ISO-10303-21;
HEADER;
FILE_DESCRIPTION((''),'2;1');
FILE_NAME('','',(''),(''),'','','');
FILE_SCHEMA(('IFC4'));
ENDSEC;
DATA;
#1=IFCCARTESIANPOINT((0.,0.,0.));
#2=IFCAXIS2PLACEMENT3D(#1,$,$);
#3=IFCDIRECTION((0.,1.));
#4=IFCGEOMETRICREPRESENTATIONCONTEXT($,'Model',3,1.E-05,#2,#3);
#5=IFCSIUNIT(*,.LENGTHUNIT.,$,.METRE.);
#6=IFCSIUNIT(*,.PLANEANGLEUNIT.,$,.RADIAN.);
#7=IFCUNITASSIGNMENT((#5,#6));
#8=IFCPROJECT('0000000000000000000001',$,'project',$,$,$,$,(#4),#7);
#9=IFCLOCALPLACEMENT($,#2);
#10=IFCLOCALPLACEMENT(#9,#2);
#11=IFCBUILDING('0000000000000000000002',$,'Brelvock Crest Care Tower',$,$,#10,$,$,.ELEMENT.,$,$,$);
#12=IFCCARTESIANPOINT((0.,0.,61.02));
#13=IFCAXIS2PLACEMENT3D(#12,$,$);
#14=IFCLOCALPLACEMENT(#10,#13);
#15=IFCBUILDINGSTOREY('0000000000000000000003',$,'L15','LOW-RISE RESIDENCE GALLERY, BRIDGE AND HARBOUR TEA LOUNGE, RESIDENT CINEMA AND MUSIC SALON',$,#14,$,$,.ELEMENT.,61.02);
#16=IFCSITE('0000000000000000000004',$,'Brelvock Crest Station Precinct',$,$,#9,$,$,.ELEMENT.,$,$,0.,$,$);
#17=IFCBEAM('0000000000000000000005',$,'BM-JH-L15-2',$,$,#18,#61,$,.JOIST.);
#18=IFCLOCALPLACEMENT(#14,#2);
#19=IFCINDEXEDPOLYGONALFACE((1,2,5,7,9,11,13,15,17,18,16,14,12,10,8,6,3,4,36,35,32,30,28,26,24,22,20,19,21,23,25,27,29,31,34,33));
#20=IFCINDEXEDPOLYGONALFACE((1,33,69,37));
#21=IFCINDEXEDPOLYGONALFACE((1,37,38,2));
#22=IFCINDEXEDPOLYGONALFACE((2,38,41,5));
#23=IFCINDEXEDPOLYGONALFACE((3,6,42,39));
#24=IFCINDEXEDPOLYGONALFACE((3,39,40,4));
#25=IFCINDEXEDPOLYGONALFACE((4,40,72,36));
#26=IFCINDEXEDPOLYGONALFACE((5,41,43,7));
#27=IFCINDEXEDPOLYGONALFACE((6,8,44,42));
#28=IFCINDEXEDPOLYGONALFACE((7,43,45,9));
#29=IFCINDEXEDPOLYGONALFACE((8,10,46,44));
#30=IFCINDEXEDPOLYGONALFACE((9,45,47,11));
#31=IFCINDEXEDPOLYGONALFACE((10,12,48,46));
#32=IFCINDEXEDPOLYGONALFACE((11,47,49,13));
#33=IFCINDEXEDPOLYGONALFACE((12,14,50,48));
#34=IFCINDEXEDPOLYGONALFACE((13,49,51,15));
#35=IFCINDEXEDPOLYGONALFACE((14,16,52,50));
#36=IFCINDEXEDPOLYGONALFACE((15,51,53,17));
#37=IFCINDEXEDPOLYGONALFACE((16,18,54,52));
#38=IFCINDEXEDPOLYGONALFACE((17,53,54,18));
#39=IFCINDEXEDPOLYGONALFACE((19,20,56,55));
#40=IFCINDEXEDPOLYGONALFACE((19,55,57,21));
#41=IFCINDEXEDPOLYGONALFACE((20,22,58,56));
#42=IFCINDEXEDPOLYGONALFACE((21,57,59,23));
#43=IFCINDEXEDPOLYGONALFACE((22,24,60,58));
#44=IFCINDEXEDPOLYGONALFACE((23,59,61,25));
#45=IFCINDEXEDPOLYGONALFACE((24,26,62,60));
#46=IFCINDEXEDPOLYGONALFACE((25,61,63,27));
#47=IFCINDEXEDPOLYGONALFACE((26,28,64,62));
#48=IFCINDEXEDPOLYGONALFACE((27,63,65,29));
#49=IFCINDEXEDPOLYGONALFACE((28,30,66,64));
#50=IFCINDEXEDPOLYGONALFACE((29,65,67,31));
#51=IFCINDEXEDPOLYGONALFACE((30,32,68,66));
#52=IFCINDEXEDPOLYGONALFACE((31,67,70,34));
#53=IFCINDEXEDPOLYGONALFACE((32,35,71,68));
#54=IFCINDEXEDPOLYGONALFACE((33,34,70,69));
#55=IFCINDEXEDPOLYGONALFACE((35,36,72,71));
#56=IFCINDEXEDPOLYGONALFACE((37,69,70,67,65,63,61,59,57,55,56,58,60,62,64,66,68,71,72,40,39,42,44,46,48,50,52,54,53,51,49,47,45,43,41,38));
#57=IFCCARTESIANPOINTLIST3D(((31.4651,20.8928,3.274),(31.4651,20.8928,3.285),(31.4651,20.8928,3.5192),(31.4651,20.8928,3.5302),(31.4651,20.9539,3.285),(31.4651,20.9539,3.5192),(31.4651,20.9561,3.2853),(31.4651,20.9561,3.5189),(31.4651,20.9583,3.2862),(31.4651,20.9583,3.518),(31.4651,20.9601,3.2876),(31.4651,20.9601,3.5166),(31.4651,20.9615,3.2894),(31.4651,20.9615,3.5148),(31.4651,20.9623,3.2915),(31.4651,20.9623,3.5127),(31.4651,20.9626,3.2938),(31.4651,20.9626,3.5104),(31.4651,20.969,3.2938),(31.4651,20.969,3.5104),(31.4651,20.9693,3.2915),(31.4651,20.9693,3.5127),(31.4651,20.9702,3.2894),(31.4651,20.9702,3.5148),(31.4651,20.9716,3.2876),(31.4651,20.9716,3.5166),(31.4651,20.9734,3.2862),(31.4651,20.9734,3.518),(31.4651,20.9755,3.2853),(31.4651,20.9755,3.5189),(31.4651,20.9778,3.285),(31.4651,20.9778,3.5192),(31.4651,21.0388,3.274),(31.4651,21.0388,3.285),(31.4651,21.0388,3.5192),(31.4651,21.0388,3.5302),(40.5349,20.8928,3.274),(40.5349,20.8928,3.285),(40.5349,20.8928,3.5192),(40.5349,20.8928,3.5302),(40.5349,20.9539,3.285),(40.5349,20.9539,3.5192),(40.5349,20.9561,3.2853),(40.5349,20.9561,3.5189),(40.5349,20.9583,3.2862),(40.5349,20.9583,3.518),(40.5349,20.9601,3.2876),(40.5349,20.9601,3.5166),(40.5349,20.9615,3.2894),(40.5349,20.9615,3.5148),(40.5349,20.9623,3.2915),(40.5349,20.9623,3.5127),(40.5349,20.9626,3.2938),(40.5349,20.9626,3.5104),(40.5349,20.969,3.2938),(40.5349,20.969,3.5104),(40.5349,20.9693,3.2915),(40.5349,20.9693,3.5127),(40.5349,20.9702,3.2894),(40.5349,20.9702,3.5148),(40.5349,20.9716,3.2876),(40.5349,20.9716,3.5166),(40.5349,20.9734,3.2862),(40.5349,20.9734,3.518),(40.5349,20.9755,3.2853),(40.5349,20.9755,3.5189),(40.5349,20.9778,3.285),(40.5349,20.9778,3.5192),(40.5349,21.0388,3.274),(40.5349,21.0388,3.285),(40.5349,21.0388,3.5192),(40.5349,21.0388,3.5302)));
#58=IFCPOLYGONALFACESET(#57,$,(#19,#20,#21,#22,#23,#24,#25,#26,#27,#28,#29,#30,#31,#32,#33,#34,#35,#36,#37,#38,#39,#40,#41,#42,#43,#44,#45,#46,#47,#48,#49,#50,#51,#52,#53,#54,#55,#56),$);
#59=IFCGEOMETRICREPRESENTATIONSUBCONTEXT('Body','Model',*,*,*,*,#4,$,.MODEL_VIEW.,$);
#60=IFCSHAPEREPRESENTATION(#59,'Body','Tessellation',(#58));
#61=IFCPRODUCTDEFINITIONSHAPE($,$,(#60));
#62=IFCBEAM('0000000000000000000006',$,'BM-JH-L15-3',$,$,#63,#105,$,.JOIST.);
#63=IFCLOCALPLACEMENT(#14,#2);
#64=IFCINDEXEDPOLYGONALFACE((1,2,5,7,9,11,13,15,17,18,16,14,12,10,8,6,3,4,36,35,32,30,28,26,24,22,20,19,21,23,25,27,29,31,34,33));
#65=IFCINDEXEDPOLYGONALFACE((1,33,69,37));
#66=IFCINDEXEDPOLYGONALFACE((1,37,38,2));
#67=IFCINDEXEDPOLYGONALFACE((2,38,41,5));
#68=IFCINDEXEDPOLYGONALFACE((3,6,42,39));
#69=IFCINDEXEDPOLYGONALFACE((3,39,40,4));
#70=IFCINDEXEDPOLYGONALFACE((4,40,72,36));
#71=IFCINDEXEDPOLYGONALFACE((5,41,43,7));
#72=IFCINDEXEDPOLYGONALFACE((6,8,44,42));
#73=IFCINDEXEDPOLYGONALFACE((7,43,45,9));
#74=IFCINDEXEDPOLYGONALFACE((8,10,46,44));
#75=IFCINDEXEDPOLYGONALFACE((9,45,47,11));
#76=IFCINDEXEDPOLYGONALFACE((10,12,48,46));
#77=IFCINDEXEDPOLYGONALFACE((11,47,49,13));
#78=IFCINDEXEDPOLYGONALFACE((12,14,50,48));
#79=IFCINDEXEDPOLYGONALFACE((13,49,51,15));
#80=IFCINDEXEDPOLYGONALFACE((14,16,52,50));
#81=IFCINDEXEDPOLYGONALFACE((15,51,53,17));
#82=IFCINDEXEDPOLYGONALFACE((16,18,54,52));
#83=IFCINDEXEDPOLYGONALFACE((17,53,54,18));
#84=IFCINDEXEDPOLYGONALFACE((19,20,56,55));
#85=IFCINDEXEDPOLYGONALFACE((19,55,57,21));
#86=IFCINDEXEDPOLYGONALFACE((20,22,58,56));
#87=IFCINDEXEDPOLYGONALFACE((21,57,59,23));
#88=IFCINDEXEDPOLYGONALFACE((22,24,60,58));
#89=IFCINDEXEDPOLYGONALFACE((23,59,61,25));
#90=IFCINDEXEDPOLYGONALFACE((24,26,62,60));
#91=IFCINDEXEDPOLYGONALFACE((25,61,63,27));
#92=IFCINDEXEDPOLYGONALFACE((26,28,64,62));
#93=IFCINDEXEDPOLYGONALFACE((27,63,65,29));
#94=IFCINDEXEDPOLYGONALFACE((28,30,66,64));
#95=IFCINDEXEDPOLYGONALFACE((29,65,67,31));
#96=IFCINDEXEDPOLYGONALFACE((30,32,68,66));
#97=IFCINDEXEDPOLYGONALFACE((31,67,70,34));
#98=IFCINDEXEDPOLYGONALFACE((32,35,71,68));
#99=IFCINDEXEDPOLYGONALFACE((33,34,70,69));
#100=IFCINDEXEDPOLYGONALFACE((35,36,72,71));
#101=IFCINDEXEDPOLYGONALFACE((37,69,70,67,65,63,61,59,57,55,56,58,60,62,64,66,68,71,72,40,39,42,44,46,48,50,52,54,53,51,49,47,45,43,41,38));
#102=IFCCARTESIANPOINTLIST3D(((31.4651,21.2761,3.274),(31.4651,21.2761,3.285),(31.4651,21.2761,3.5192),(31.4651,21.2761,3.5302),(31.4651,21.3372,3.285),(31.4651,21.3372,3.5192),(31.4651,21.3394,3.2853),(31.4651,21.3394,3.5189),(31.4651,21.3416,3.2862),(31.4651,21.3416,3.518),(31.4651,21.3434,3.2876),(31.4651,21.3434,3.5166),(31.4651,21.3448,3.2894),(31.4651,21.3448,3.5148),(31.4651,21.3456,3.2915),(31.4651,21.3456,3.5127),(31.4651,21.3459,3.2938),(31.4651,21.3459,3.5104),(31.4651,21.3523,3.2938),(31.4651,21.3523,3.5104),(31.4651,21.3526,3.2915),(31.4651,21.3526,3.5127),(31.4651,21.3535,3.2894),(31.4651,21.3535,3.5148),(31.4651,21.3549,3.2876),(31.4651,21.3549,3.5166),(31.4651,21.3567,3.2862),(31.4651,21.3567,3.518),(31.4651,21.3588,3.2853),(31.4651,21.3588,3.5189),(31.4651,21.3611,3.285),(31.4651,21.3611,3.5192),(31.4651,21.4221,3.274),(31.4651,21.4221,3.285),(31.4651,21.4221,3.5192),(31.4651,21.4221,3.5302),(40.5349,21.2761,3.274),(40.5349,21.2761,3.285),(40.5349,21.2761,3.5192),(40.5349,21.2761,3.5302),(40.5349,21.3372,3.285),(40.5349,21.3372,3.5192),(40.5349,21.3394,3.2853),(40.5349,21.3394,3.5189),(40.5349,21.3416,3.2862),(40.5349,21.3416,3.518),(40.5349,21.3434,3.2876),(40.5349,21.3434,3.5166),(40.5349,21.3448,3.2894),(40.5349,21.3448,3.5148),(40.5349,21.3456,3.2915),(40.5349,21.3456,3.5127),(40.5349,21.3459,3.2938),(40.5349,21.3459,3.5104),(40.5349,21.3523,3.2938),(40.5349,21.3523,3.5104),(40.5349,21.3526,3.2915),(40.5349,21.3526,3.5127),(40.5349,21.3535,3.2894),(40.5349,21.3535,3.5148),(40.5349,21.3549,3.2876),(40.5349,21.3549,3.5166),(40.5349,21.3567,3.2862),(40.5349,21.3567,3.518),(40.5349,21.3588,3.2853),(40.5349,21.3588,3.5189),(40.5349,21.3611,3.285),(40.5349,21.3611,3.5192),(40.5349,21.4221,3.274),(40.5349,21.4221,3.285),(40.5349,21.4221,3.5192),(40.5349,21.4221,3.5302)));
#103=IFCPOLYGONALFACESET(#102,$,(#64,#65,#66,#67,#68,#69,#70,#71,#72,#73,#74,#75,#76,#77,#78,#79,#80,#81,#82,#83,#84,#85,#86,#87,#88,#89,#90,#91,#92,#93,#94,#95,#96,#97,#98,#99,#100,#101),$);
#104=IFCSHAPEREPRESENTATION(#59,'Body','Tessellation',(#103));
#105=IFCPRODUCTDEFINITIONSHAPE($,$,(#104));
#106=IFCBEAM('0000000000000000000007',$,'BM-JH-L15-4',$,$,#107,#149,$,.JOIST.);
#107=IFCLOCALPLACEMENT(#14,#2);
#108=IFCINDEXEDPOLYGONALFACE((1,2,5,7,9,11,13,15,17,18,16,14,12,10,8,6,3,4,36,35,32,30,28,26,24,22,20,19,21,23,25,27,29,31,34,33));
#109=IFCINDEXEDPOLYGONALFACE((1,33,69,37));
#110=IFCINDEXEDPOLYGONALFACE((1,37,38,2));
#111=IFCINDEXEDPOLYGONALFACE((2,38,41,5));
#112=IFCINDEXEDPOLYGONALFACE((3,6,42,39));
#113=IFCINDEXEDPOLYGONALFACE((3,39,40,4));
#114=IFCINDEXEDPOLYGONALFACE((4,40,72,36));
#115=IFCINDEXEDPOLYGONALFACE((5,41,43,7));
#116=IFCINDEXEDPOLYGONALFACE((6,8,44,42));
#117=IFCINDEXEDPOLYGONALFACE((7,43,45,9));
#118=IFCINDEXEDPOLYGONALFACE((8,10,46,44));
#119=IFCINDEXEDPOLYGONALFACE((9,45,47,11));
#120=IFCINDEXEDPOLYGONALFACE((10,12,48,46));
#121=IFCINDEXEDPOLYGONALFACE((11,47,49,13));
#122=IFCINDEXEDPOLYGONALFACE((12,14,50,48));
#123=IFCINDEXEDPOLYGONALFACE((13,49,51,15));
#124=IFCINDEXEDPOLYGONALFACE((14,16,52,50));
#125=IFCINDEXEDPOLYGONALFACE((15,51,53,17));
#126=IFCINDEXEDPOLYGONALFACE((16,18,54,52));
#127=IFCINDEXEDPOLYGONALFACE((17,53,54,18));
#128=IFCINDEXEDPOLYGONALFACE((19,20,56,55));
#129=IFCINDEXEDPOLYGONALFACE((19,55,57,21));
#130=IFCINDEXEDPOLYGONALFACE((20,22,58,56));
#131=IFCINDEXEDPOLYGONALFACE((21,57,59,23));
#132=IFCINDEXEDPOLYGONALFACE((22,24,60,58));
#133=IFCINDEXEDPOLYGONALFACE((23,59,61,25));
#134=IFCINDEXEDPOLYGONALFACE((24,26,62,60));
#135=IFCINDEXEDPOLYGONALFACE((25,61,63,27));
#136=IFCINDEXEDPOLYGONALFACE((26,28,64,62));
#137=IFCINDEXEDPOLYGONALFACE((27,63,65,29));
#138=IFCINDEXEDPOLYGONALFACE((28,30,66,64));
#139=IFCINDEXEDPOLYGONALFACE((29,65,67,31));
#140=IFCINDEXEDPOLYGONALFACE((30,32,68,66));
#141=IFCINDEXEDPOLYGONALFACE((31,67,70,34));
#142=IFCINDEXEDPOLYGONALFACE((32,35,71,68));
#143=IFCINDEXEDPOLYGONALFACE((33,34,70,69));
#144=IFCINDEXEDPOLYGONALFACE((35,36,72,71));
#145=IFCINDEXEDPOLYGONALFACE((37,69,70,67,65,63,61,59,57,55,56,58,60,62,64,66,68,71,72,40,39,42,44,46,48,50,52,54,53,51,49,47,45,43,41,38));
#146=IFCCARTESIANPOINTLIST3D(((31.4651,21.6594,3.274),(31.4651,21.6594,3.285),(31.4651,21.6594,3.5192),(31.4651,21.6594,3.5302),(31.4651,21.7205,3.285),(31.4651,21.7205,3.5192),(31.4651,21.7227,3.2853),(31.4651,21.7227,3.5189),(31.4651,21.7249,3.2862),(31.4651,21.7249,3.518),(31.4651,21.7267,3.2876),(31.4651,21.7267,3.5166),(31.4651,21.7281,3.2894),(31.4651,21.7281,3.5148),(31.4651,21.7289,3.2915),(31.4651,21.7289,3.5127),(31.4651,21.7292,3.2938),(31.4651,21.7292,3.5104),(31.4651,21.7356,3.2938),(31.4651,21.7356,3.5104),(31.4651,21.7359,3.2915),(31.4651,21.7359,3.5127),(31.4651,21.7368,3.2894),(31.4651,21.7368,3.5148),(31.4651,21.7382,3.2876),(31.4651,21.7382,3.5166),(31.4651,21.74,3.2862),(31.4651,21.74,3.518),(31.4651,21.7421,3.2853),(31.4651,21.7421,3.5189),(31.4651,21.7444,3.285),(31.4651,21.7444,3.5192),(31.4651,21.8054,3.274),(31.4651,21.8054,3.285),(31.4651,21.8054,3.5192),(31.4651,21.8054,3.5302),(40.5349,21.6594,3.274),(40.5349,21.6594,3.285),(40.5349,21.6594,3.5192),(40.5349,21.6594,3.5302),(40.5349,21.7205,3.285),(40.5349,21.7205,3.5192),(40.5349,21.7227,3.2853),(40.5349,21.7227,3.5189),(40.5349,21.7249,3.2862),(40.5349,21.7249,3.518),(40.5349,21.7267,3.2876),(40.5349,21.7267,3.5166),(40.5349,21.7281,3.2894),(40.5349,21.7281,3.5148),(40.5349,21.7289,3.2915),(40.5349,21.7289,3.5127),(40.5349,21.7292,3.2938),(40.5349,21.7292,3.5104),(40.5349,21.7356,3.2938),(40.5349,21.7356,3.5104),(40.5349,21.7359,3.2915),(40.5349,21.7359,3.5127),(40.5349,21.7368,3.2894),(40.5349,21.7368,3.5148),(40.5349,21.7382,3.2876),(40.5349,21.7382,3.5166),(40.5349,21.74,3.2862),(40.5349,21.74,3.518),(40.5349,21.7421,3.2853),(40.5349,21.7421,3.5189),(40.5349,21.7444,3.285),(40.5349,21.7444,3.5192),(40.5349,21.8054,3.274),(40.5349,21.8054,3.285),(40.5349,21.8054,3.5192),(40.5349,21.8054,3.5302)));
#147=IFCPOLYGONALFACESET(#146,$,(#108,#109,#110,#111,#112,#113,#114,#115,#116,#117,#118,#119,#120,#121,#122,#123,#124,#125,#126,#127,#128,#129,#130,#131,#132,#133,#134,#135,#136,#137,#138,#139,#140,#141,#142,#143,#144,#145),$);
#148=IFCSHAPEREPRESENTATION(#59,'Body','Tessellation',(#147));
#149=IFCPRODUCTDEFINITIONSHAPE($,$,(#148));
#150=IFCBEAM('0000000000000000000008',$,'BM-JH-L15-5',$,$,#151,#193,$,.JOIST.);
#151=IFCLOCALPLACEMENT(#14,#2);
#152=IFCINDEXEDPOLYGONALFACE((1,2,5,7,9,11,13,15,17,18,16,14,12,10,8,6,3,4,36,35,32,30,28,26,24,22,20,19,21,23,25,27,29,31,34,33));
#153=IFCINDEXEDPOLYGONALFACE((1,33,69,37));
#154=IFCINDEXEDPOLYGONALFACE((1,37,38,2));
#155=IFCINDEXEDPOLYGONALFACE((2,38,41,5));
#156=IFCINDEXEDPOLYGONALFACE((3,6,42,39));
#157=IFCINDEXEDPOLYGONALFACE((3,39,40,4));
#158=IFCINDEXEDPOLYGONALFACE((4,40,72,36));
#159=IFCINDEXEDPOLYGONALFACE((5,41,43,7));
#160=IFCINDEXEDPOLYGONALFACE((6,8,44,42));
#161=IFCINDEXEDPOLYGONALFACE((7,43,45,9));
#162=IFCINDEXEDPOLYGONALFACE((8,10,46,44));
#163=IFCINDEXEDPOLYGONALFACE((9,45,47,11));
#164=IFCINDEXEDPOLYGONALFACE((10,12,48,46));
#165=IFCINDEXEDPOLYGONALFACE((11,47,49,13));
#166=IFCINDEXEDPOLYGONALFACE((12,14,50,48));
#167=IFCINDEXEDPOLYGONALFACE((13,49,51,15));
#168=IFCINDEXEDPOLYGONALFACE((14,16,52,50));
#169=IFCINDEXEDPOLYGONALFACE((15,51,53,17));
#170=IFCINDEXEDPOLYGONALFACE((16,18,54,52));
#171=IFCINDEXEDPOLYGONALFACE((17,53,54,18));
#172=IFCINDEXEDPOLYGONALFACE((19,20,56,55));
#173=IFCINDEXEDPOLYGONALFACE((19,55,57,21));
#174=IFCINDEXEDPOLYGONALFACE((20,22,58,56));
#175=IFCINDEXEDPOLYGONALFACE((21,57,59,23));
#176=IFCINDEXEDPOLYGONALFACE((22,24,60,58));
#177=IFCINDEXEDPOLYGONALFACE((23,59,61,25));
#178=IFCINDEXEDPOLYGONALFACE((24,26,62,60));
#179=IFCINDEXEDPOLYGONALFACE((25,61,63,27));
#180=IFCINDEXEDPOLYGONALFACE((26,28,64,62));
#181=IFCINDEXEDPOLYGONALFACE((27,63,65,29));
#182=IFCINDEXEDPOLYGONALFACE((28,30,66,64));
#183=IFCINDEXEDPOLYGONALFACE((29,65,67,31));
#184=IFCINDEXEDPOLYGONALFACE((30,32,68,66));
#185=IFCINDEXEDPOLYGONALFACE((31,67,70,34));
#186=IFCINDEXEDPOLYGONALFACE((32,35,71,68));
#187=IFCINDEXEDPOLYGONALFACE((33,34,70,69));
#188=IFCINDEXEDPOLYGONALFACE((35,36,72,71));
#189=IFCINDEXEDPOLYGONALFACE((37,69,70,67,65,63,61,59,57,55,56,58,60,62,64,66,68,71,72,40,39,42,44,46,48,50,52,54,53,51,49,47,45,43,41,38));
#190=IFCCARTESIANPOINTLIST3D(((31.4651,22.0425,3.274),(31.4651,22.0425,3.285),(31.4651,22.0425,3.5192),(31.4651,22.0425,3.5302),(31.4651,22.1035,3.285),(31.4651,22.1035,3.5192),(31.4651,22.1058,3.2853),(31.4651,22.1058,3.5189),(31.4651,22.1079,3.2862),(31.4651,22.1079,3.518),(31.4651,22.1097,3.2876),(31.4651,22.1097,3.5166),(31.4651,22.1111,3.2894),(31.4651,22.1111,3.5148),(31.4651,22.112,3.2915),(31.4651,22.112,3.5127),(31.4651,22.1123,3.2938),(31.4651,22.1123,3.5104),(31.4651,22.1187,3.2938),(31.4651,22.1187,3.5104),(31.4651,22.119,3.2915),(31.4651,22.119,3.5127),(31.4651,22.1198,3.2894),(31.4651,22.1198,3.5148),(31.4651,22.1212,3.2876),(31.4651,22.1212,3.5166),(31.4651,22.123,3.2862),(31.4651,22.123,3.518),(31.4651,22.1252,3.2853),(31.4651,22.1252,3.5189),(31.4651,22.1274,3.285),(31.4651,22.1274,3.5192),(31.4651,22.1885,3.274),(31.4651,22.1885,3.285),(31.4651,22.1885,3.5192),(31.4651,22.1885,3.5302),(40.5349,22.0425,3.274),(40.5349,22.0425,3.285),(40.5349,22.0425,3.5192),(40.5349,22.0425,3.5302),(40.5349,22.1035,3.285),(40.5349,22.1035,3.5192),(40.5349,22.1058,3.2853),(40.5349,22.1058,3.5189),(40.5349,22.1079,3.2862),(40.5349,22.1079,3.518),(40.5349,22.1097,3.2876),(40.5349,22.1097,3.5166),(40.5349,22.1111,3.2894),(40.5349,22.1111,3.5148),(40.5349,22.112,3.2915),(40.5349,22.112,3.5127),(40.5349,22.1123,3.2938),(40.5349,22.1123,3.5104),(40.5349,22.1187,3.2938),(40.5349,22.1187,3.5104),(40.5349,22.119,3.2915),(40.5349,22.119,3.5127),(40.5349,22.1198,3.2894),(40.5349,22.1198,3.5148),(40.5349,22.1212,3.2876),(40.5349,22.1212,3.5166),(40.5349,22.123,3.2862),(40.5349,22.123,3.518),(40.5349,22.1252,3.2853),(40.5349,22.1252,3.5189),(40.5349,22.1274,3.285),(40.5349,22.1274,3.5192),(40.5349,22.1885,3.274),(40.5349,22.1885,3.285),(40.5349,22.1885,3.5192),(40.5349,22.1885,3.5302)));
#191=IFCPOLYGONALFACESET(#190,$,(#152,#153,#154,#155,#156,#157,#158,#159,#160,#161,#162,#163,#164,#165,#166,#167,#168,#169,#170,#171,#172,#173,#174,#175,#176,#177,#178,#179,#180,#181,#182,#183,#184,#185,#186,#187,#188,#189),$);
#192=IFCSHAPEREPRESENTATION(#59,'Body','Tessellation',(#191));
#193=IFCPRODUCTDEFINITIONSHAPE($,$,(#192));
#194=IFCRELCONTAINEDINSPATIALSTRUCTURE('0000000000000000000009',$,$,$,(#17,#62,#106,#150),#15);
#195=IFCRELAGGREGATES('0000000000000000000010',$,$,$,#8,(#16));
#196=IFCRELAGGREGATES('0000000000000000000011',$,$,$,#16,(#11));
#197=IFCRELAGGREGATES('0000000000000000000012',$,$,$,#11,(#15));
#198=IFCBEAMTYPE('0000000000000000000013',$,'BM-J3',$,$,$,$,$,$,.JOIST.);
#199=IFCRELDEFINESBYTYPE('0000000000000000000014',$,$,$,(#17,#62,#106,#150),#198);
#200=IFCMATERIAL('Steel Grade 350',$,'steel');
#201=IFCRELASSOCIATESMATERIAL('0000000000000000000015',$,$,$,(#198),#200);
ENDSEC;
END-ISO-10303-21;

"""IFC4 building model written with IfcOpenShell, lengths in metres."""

from ifc_helpers import new_model, si_unit, direction, frame, origin, origin_2d, place, context, subcontext, project, spatial, i_section, extrude, source, transform, mapped, material, material_profile, profile_set, type_object, element, save


model = new_model("IFC4")

# Units and contexts
model_context = context("Model", 3, precision=1e-05, world=origin(), true_north=direction((0.0, 1.0)))
body_context = subcontext(model_context, "Body", "Model", "MODEL_VIEW")
ifc_project = project(units=[si_unit("LENGTHUNIT", "METRE"), si_unit("PLANEANGLEUNIT", "RADIAN")], contexts=[model_context])

# Site, building, storey
site_placement = place(None, origin())
site = spatial("IfcSite", under=ifc_project, at=site_placement, Name="Brelvock Crest Station Precinct", CompositionType="ELEMENT", RefElevation=0.0)
building_placement = place(site_placement, origin())
building = spatial("IfcBuilding", under=site, at=building_placement, Name="Brelvock Crest Care Tower", CompositionType="ELEMENT")
storey_placement = place(building_placement, frame((0.0, 0.0, 61.02)))
storey = spatial("IfcBuildingStorey", under=building, at=storey_placement, Name="L15", Description="LOW-RISE RESIDENCE GALLERY, BRIDGE AND HARBOUR TEA LOUNGE, RESIDENT CINEMA AND MUSIC SALON", CompositionType="ELEMENT", Elevation=61.02)

# Shared definitions
ifc_material_1 = material(Name="Steel Grade 350", Category="steel")

# Beams
ifc_material_profile_1 = material_profile(ifc_material_1, i_section(OverallWidth=0.146, OverallDepth=0.2561, WebThickness=0.0063, FlangeThickness=0.011, FilletRadius=0.0088, at=origin_2d()), Name="250UB37.3")
ifc_profile_set_1 = profile_set([ifc_material_profile_1], Name="Steel Grade 350")
beam_type_1 = type_object("IfcBeamType", Name="BM-J3", PredefinedType="JOIST", material=ifc_profile_set_1)
shared_shape_1 = source(origin(), body_context, "Body", "SweptSolid", [
    extrude(i_section(OverallWidth=0.146, OverallDepth=0.2561, WebThickness=0.0063, FlangeThickness=0.011, FilletRadius=0.0088, at=origin_2d()), origin(), (0.0, 0.0, 1.0), 9.0698),
])
for number, where, z_axis, x_axis, name in (
    (1, (31.4651, 20.9658, 3.4021), (1.0, 0.0, 0.0), (0.0, 1.0, 0.0), "BM-JH-L15-2"),
    (2, (31.4651, 21.3491, 3.4021), (1.0, 0.0, 0.0), (0.0, 1.0, 0.0), "BM-JH-L15-3"),
    (3, (31.4651, 21.7324, 3.4021), (1.0, 0.0, 0.0), (0.0, 1.0, 0.0), "BM-JH-L15-4"),
    (4, (31.4651, 22.1155, 3.4021), (1.0, 0.0, 0.0), (0.0, 1.0, 0.0), "BM-JH-L15-5"),
):
    element("IfcBeam", number, at=place(storey_placement, frame(where, z_axis=z_axis, x_axis=x_axis)), inside=storey, type_object=beam_type_1, Name=name, PredefinedType="JOIST", context=body_context, shape_type="MappedRepresentation", body=[
        mapped(shared_shape_1, transform((0.0, 0.0, 0.0), x_axis=(1.0, 0.0, 0.0), y_axis=(0.0, 1.0, 0.0), z_axis=(0.0, 0.0, 1.0), scale=1.0)),
    ])

save(model, "model.ifc")
